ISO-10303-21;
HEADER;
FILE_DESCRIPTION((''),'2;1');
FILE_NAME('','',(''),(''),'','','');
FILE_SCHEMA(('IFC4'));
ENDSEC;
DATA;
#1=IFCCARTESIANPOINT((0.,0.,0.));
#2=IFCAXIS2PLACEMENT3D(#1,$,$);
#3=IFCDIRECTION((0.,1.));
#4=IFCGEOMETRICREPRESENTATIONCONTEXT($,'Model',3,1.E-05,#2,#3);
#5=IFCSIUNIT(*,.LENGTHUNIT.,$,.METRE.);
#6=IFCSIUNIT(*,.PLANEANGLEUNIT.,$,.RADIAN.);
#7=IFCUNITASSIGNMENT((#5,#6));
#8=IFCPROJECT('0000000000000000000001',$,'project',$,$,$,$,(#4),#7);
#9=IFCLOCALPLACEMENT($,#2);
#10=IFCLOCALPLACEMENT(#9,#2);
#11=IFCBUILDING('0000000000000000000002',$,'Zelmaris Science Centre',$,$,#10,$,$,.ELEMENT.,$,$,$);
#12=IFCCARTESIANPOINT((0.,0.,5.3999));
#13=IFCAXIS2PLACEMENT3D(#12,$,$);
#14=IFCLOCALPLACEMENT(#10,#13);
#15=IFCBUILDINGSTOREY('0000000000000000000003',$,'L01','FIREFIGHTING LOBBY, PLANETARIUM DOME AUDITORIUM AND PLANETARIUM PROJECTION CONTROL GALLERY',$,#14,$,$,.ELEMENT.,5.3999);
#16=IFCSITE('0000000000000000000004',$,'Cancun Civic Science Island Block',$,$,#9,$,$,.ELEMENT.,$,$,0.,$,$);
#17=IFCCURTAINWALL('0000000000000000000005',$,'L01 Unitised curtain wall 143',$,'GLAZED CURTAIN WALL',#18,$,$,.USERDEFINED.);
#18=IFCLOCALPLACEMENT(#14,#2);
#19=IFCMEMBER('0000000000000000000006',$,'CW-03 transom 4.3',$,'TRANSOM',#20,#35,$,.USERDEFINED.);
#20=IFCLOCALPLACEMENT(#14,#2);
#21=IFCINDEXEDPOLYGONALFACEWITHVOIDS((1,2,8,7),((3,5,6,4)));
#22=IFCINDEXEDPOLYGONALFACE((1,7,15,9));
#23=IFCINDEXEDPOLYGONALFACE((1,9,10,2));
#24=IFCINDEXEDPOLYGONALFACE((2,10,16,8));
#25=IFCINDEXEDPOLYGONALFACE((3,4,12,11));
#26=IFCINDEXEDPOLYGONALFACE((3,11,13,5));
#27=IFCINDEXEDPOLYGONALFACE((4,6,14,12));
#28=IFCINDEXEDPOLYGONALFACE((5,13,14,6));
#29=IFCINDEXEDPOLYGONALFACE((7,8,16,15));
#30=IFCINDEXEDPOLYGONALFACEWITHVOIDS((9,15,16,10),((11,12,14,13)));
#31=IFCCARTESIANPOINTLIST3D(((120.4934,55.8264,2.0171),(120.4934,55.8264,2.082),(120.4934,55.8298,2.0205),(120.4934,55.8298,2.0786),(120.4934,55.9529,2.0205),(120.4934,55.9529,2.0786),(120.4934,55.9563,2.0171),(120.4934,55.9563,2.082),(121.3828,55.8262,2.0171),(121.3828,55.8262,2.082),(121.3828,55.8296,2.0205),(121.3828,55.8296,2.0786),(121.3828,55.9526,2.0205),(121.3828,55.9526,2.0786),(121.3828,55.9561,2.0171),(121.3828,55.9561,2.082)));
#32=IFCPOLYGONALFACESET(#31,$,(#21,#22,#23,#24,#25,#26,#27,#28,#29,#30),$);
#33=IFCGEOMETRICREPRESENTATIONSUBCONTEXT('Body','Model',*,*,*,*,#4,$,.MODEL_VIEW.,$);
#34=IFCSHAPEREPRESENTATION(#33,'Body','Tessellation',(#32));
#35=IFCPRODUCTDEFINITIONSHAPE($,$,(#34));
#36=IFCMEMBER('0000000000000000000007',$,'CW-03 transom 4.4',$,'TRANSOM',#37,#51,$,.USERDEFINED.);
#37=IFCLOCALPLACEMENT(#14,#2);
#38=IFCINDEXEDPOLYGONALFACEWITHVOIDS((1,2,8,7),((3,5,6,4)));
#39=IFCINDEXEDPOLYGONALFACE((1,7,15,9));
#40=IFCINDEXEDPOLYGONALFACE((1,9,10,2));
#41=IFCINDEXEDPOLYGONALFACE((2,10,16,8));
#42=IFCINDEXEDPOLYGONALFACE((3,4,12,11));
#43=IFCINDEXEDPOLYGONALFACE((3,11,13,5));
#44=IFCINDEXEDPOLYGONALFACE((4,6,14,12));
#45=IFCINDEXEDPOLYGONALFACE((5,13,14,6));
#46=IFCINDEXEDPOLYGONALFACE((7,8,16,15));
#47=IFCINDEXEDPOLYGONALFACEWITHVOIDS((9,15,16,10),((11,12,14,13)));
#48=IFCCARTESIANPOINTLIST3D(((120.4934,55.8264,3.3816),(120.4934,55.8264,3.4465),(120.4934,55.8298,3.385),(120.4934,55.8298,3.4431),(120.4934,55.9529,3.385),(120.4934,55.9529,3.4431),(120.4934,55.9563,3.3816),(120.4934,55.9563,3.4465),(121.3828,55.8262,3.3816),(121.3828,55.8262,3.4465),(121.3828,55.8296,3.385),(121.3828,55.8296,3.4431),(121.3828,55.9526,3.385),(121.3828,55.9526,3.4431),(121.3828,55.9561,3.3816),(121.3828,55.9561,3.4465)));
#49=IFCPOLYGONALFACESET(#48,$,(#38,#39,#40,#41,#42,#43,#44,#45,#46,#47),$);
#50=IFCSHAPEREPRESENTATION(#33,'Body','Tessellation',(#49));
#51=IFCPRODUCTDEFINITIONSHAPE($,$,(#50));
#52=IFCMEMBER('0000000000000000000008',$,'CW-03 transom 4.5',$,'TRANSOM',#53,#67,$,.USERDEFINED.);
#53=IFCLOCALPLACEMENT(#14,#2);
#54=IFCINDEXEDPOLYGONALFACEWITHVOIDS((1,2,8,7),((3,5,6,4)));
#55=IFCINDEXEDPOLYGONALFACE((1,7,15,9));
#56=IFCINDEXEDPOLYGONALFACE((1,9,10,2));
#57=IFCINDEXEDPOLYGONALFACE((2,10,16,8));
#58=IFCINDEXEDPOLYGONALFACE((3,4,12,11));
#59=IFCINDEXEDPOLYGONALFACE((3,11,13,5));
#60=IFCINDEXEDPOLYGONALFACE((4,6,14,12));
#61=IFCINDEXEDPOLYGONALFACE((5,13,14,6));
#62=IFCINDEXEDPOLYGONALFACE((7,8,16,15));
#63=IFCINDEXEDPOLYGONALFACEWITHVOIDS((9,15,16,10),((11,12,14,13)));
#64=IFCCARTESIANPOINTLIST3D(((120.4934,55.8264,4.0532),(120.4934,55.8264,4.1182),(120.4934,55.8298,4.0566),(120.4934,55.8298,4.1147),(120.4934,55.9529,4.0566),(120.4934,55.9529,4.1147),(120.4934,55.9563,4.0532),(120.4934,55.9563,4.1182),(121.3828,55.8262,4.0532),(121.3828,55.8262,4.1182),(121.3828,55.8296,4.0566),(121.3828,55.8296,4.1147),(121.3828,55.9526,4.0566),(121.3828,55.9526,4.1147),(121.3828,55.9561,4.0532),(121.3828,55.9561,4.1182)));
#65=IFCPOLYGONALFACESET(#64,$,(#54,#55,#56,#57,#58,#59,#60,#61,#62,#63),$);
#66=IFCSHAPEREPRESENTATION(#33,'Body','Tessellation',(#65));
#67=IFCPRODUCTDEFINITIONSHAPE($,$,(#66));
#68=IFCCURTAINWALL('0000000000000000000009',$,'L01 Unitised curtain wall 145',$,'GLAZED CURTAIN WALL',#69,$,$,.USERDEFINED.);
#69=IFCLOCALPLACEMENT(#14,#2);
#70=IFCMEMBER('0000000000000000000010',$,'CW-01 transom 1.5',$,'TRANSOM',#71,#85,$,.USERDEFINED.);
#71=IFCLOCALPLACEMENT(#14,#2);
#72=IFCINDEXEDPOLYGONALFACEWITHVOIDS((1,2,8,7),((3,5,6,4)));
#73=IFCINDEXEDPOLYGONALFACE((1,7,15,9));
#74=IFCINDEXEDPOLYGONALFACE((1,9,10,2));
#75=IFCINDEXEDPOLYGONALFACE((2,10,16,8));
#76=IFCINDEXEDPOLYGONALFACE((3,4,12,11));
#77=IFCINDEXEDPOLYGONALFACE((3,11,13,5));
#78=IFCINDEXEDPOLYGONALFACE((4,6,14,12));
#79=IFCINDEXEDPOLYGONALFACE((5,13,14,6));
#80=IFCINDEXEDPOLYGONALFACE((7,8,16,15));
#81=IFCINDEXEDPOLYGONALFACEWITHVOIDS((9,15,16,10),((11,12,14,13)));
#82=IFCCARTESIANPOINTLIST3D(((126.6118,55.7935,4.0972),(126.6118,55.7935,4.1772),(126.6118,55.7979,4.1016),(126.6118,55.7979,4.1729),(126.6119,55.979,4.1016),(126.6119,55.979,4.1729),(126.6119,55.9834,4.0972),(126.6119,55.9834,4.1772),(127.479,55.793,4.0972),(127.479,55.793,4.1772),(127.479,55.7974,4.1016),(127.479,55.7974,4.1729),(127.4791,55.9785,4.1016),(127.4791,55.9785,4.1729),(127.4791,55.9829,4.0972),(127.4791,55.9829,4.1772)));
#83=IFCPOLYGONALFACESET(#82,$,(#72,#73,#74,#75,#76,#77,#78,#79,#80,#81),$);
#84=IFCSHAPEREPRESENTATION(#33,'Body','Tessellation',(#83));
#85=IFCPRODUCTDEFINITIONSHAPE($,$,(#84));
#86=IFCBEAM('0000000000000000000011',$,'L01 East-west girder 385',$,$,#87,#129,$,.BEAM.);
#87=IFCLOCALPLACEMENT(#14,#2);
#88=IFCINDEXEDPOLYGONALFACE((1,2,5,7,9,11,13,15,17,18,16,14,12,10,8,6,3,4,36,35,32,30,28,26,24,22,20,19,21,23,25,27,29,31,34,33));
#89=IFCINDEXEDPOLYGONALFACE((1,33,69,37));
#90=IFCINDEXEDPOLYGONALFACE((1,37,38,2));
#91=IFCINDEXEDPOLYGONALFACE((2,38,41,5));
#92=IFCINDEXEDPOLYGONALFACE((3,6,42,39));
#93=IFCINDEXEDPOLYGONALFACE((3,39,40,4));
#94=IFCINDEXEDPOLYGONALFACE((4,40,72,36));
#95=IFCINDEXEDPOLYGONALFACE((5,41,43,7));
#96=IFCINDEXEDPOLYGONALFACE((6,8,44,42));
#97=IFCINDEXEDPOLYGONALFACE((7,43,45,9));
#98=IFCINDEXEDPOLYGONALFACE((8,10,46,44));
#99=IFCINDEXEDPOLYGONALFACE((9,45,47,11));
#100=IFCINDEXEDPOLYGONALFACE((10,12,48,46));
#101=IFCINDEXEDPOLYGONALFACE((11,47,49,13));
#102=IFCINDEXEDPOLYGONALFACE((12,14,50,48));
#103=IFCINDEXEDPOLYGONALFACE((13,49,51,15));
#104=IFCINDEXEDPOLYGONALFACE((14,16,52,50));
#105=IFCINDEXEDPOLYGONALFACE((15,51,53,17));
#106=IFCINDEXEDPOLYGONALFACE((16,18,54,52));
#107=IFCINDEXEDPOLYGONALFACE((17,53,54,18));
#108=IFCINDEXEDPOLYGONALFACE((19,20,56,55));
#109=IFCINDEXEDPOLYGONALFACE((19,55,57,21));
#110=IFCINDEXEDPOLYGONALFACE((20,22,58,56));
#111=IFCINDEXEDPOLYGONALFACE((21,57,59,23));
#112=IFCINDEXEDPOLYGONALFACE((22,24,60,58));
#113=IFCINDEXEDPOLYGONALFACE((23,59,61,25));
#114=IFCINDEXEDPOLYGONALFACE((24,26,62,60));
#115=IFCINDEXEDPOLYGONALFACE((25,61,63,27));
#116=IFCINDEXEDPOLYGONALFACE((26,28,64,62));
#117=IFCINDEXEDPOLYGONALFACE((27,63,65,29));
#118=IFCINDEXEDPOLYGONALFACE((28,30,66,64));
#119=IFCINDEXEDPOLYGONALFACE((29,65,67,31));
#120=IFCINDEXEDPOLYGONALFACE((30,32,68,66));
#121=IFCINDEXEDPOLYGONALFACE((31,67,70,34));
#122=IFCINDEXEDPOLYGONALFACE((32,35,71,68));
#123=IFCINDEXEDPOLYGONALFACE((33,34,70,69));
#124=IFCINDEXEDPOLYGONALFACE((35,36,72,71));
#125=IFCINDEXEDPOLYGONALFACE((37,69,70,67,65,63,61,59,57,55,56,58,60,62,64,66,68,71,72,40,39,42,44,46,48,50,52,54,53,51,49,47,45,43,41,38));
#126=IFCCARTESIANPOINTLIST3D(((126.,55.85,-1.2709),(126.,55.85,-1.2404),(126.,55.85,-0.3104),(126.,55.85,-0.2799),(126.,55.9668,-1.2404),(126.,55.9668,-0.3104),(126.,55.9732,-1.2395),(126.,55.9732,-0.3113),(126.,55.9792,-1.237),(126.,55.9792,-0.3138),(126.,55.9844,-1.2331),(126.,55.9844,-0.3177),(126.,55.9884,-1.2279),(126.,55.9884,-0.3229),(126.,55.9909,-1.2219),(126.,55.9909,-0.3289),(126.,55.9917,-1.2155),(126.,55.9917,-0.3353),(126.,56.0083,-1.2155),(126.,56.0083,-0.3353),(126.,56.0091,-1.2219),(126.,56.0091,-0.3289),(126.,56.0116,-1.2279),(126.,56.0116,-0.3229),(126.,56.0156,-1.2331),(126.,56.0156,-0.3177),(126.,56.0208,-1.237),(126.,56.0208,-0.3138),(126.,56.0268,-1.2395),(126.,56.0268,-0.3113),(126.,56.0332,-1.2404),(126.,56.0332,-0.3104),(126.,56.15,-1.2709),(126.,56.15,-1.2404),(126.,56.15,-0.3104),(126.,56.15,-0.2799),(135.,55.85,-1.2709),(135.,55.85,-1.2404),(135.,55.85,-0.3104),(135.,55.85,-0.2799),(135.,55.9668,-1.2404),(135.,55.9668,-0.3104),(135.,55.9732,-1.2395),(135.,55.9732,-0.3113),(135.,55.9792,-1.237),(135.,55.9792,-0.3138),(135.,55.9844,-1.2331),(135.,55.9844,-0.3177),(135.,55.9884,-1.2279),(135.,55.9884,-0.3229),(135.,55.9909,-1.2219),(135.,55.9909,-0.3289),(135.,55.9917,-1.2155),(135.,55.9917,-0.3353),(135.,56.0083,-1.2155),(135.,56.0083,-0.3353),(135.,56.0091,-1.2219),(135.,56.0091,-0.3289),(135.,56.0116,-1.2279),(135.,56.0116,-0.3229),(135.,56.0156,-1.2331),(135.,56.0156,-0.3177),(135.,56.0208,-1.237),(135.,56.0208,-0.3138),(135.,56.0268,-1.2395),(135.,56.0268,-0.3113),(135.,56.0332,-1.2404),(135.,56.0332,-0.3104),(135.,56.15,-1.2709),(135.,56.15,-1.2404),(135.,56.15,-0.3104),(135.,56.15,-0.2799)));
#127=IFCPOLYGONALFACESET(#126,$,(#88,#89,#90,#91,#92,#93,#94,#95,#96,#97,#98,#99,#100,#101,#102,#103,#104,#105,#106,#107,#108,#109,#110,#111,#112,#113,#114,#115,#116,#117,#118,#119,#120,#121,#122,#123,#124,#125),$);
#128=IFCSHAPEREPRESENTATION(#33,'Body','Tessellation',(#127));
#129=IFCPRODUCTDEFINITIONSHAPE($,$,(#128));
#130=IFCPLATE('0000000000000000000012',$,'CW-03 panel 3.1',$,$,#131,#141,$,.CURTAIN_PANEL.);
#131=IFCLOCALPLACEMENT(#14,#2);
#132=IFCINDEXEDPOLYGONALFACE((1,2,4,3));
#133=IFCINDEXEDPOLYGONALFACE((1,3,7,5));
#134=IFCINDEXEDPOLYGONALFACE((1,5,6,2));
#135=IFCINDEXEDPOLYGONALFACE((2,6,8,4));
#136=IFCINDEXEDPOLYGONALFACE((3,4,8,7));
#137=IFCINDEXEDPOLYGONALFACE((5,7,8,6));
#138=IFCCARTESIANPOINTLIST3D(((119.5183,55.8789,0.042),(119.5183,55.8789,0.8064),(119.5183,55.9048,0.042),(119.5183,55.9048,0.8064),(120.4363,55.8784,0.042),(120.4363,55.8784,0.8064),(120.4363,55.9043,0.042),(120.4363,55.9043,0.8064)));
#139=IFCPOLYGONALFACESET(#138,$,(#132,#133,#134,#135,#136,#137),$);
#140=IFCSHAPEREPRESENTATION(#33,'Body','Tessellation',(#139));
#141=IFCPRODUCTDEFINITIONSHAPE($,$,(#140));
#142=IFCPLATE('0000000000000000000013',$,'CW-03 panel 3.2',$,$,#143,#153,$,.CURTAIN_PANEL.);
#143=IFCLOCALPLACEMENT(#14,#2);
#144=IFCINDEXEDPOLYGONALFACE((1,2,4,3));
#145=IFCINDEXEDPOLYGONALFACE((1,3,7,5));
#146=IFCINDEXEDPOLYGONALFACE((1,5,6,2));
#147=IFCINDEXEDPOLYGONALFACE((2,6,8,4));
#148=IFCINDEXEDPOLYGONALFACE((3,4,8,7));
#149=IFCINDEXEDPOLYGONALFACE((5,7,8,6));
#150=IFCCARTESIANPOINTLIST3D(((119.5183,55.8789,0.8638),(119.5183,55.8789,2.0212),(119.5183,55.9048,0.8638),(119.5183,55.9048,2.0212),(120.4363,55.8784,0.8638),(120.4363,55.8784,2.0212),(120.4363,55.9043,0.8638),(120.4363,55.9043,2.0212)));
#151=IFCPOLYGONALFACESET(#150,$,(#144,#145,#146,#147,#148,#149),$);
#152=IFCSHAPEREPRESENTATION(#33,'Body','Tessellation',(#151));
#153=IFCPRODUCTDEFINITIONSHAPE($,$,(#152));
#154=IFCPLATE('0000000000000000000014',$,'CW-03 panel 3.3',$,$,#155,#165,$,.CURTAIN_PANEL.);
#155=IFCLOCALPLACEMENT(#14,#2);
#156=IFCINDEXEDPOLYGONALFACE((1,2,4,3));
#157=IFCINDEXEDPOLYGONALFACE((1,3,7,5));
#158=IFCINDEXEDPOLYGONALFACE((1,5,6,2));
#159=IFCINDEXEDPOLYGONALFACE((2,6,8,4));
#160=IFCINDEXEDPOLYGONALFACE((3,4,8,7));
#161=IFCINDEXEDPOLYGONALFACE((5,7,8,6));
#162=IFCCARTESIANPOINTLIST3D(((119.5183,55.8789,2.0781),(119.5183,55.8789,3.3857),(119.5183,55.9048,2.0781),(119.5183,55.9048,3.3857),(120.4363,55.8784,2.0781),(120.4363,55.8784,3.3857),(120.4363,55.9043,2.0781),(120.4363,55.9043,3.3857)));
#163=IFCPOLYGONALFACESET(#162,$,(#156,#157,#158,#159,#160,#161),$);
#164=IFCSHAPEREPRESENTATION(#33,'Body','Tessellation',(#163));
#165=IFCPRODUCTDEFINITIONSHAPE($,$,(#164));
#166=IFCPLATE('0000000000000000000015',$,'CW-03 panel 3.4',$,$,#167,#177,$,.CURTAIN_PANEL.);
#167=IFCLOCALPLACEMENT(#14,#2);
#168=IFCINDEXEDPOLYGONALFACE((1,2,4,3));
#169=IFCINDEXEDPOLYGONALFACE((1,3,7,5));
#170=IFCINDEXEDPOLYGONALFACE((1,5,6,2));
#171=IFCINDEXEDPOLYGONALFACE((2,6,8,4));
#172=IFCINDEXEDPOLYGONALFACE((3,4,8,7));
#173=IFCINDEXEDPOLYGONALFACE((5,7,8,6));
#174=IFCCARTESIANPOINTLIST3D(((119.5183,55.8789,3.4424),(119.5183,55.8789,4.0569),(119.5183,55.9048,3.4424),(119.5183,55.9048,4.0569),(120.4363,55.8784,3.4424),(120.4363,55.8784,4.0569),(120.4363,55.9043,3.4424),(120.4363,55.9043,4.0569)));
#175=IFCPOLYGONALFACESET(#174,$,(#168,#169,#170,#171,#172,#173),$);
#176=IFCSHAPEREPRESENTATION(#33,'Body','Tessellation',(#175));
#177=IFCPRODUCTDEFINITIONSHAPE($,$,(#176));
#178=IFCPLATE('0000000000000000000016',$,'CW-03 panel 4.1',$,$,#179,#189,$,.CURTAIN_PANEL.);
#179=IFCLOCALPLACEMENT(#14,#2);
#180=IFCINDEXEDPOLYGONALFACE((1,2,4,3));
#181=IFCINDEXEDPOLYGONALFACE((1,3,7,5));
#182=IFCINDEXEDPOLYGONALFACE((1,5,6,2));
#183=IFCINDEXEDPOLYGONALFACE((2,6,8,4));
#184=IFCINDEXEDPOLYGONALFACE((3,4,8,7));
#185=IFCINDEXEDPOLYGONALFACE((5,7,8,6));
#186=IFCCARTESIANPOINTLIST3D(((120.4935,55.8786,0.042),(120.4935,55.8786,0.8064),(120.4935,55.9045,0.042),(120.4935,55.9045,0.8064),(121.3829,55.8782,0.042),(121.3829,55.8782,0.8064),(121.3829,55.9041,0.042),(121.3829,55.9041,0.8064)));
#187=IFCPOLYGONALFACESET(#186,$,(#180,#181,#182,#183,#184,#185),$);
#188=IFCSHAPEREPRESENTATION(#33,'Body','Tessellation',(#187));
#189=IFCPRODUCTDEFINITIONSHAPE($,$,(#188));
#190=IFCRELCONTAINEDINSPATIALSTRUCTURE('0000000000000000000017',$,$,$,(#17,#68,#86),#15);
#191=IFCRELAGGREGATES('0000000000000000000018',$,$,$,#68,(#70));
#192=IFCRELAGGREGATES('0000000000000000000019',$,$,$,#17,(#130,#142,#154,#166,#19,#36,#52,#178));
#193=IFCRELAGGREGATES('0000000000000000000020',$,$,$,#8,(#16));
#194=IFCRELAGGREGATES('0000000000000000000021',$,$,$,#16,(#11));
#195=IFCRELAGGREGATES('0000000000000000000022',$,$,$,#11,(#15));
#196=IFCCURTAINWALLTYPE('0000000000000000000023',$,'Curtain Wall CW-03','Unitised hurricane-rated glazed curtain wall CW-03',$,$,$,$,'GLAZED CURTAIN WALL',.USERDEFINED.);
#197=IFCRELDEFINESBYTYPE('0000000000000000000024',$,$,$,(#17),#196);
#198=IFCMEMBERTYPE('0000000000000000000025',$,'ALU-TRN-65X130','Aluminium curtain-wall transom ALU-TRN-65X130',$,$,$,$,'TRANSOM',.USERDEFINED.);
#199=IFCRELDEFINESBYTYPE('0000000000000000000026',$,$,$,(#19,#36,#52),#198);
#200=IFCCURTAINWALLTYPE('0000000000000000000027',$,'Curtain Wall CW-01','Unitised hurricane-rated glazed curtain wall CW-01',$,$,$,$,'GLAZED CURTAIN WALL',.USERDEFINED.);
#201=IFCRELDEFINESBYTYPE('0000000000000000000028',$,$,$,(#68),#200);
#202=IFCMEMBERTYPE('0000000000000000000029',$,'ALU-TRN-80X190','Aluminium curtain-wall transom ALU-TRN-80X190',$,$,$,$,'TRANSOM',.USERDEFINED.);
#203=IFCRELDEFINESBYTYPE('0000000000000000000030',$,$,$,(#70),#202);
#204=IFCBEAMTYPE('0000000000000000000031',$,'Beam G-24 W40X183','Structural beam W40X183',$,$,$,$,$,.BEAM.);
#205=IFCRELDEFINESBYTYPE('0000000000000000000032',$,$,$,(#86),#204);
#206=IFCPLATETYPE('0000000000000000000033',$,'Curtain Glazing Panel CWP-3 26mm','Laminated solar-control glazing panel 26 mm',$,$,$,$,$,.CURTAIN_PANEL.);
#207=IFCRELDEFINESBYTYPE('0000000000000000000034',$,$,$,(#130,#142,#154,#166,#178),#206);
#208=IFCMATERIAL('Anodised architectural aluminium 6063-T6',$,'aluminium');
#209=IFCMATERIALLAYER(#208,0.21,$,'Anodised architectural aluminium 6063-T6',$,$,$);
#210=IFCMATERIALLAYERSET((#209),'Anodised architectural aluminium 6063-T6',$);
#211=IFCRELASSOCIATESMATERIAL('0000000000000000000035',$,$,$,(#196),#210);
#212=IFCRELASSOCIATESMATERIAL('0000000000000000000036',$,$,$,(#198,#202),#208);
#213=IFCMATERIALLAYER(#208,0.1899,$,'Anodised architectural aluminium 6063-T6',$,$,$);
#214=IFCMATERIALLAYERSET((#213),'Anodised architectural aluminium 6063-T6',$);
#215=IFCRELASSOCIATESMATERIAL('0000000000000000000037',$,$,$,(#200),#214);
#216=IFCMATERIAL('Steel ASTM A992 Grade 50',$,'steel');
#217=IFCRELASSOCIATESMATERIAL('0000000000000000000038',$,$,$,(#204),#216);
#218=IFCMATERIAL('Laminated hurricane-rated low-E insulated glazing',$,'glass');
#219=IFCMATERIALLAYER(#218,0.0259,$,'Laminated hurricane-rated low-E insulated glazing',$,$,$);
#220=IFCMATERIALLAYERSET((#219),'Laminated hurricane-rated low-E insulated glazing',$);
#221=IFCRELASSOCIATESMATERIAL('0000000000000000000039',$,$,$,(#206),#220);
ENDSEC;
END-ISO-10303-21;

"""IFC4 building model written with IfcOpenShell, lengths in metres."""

from ifc_helpers import new_model, si_unit, direction, frame, origin, origin_2d, place, context, subcontext, project, spatial, rectangle, hollow_rectangle, i_section, extrude, material, layer, layer_set, material_profile, profile_set, type_object, element, aggregate, save


model = new_model("IFC4")

# Units and contexts
model_context = context("Model", 3, precision=1e-05, world=origin(), true_north=direction((0.0, 1.0)))
body_context = subcontext(model_context, "Body", "Model", "MODEL_VIEW")
ifc_project = project(units=[si_unit("LENGTHUNIT", "METRE"), si_unit("PLANEANGLEUNIT", "RADIAN")], contexts=[model_context])

# Site, building, storey
site_placement = place(None, origin())
site = spatial("IfcSite", under=ifc_project, at=site_placement, Name="Cancun Civic Science Island Block", CompositionType="ELEMENT", RefElevation=0.0)
building_placement = place(site_placement, origin())
building = spatial("IfcBuilding", under=site, at=building_placement, Name="Zelmaris Science Centre", CompositionType="ELEMENT")
storey_placement = place(building_placement, frame((0.0, 0.0, 5.3999)))
storey = spatial("IfcBuildingStorey", under=building, at=storey_placement, Name="L01", Description="FIREFIGHTING LOBBY, PLANETARIUM DOME AUDITORIUM AND PLANETARIUM PROJECTION CONTROL GALLERY", CompositionType="ELEMENT", Elevation=5.3999)

# Shared definitions
ifc_material_1 = material(Name="Steel ASTM A992 Grade 50", Category="steel")

# Curtain wall, members
ifc_material_2 = material(Name="Anodised architectural aluminium 6063-T6", Category="aluminium")
ifc_layer_1 = layer(ifc_material_2, 0.21, Name="Anodised architectural aluminium 6063-T6")
ifc_layer_set_1 = layer_set([ifc_layer_1], Name="Anodised architectural aluminium 6063-T6")
curtain_wall_type_1 = type_object("IfcCurtainWallType", Name="Curtain Wall CW-03", Description="Unitised hurricane-rated glazed curtain wall CW-03", ElementType="GLAZED CURTAIN WALL", PredefinedType="USERDEFINED", material=ifc_layer_set_1)
curtain_wall_1_placement = place(storey_placement, origin())
curtain_wall_1 = element("IfcCurtainWall", 1, at=curtain_wall_1_placement, inside=storey, type_object=curtain_wall_type_1, Name="L01 Unitised curtain wall 143", ObjectType="GLAZED CURTAIN WALL", PredefinedType="USERDEFINED")
ifc_material_profile_1 = material_profile(ifc_material_2, hollow_rectangle(XDim=0.0649, YDim=0.1299, WallThickness=0.0034, at=origin_2d()), Name="ALU-TRN-65X130")
ifc_profile_set_1 = profile_set([ifc_material_profile_1], Name="Anodised architectural aluminium 6063-T6")
member_type_1 = type_object("IfcMemberType", Name="ALU-TRN-65X130", Description="Aluminium curtain-wall transom ALU-TRN-65X130", ElementType="TRANSOM", PredefinedType="USERDEFINED", material=ifc_profile_set_1)
member_1_placement = place(storey_placement, frame((120.4934, 55.8914, 2.0496), z_axis=(1.0, -0.000274, 0.0), x_axis=(0.0, 0.0, 1.0)))
member_1 = element("IfcMember", 2, at=member_1_placement, type_object=member_type_1, Name="CW-03 transom 4.3", ObjectType="TRANSOM", PredefinedType="USERDEFINED", context=body_context, shape_type="SweptSolid", body=[
    extrude(hollow_rectangle(XDim=0.0649, YDim=0.1299, WallThickness=0.0034, at=origin_2d()), origin(), (0.0, 0.0, 1.0), 0.8894),
])
member_2_placement = place(storey_placement, frame((120.4934, 55.8914, 3.4141), z_axis=(1.0, -0.000274, 0.0), x_axis=(0.0, 0.0, 1.0)))
member_2 = element("IfcMember", 3, at=member_2_placement, type_object=member_type_1, Name="CW-03 transom 4.4", ObjectType="TRANSOM", PredefinedType="USERDEFINED", context=body_context, shape_type="SweptSolid", body=[
    extrude(hollow_rectangle(XDim=0.0649, YDim=0.1299, WallThickness=0.0034, at=origin_2d()), origin(), (0.0, 0.0, 1.0), 0.8894),
])
member_3_placement = place(storey_placement, frame((120.4934, 55.8914, 4.0857), z_axis=(1.0, -0.000274, 0.0), x_axis=(0.0, 0.0, 1.0)))
member_3 = element("IfcMember", 4, at=member_3_placement, type_object=member_type_1, Name="CW-03 transom 4.5", ObjectType="TRANSOM", PredefinedType="USERDEFINED", context=body_context, shape_type="SweptSolid", body=[
    extrude(hollow_rectangle(XDim=0.0649, YDim=0.1299, WallThickness=0.0034, at=origin_2d()), origin(), (0.0, 0.0, 1.0), 0.8894),
])

# Curtain wall, member
ifc_layer_2 = layer(ifc_material_2, 0.1899, Name="Anodised architectural aluminium 6063-T6")
ifc_layer_set_2 = layer_set([ifc_layer_2], Name="Anodised architectural aluminium 6063-T6")
curtain_wall_type_2 = type_object("IfcCurtainWallType", Name="Curtain Wall CW-01", Description="Unitised hurricane-rated glazed curtain wall CW-01", ElementType="GLAZED CURTAIN WALL", PredefinedType="USERDEFINED", material=ifc_layer_set_2)
curtain_wall_2_placement = place(storey_placement, origin())
curtain_wall_2 = element("IfcCurtainWall", 5, at=curtain_wall_2_placement, inside=storey, type_object=curtain_wall_type_2, Name="L01 Unitised curtain wall 145", ObjectType="GLAZED CURTAIN WALL", PredefinedType="USERDEFINED")
ifc_material_profile_2 = material_profile(ifc_material_2, hollow_rectangle(XDim=0.0801, YDim=0.1899, WallThickness=0.0044, at=origin_2d()), Name="ALU-TRN-80X190")
ifc_profile_set_2 = profile_set([ifc_material_profile_2], Name="Anodised architectural aluminium 6063-T6")
member_type_2 = type_object("IfcMemberType", Name="ALU-TRN-80X190", Description="Aluminium curtain-wall transom ALU-TRN-80X190", ElementType="TRANSOM", PredefinedType="USERDEFINED", material=ifc_profile_set_2)
member_4_placement = place(storey_placement, frame((126.6118, 55.8884, 4.1372), z_axis=(1.0, -0.000563, 0.0), x_axis=(0.0, 0.0, 1.0)))
member_4 = element("IfcMember", 6, at=member_4_placement, type_object=member_type_2, Name="CW-01 transom 1.5", ObjectType="TRANSOM", PredefinedType="USERDEFINED", context=body_context, shape_type="SweptSolid", body=[
    extrude(hollow_rectangle(XDim=0.0801, YDim=0.1899, WallThickness=0.0044, at=origin_2d()), origin(), (0.0, 0.0, 1.0), 0.8672),
])
aggregate(curtain_wall_2, [member_4])

# Beam
ifc_material_profile_3 = material_profile(ifc_material_1, i_section(OverallWidth=0.3, OverallDepth=0.991, WebThickness=0.0166, FlangeThickness=0.0305, FilletRadius=0.0249, at=origin_2d()), Name="W40X183")
ifc_profile_set_3 = profile_set([ifc_material_profile_3], Name="Steel ASTM A992 Grade 50")
beam_type = type_object("IfcBeamType", Name="Beam G-24 W40X183", Description="Structural beam W40X183", PredefinedType="BEAM", material=ifc_profile_set_3)
beam_placement = place(storey_placement, frame((126.0, 56.0, -0.7754), z_axis=(1.0, 0.0, 0.0), x_axis=(0.0, 1.0, 0.0)))
element("IfcBeam", 7, at=beam_placement, inside=storey, type_object=beam_type, Name="L01 East-west girder 385", PredefinedType="BEAM", context=body_context, shape_type="SweptSolid", body=[
    extrude(i_section(OverallWidth=0.3, OverallDepth=0.991, WebThickness=0.0166, FlangeThickness=0.0305, FilletRadius=0.0249, at=origin_2d()), origin(), (0.0, 0.0, 1.0), 9.0),
])

# Plates
ifc_material_3 = material(Name="Laminated hurricane-rated low-E insulated glazing", Category="glass")
ifc_layer_3 = layer(ifc_material_3, 0.0259, Name="Laminated hurricane-rated low-E insulated glazing")
ifc_layer_set_3 = layer_set([ifc_layer_3], Name="Laminated hurricane-rated low-E insulated glazing")
plate_type = type_object("IfcPlateType", Name="Curtain Glazing Panel CWP-3 26mm", Description="Laminated solar-control glazing panel 26 mm", PredefinedType="CURTAIN_PANEL", material=ifc_layer_set_3)
plate_1_placement = place(storey_placement, frame((119.9773, 55.8916, 0.042), z_axis=(0.0, 0.0, 1.0), x_axis=(1.0, -0.000487, 0.0)))
plate_1 = element("IfcPlate", 8, at=plate_1_placement, type_object=plate_type, Name="CW-03 panel 3.1", PredefinedType="CURTAIN_PANEL", context=body_context, shape_type="SweptSolid", body=[
    extrude(rectangle(XDim=0.918, YDim=0.0259, at=origin_2d()), origin(), (0.0, 0.0, 1.0), 0.7644),
])
plate_2_placement = place(storey_placement, frame((119.9773, 55.8916, 0.8638), z_axis=(0.0, 0.0, 1.0), x_axis=(1.0, -0.000487, 0.0)))
plate_2 = element("IfcPlate", 9, at=plate_2_placement, type_object=plate_type, Name="CW-03 panel 3.2", PredefinedType="CURTAIN_PANEL", context=body_context, shape_type="SweptSolid", body=[
    extrude(rectangle(XDim=0.918, YDim=0.0259, at=origin_2d()), origin(), (0.0, 0.0, 1.0), 1.1575),
])
plate_3_placement = place(storey_placement, frame((119.9773, 55.8916, 2.0781), z_axis=(0.0, 0.0, 1.0), x_axis=(1.0, -0.000487, 0.0)))
plate_3 = element("IfcPlate", 10, at=plate_3_placement, type_object=plate_type, Name="CW-03 panel 3.3", PredefinedType="CURTAIN_PANEL", context=body_context, shape_type="SweptSolid", body=[
    extrude(rectangle(XDim=0.918, YDim=0.0259, at=origin_2d()), origin(), (0.0, 0.0, 1.0), 1.3076),
])
plate_4_placement = place(storey_placement, frame((119.9773, 55.8916, 3.4424), z_axis=(0.0, 0.0, 1.0), x_axis=(1.0, -0.000487, 0.0)))
plate_4 = element("IfcPlate", 11, at=plate_4_placement, type_object=plate_type, Name="CW-03 panel 3.4", PredefinedType="CURTAIN_PANEL", context=body_context, shape_type="SweptSolid", body=[
    extrude(rectangle(XDim=0.918, YDim=0.0259, at=origin_2d()), origin(), (0.0, 0.0, 1.0), 0.6145),
])
plate_5_placement = place(storey_placement, frame((120.9382, 55.8914, 0.042), z_axis=(0.0, 0.0, 1.0), x_axis=(1.0, -0.000487, 0.0)))
plate_5 = element("IfcPlate", 12, at=plate_5_placement, type_object=plate_type, Name="CW-03 panel 4.1", PredefinedType="CURTAIN_PANEL", context=body_context, shape_type="SweptSolid", body=[
    extrude(rectangle(XDim=0.8894, YDim=0.0259, at=origin_2d()), origin(), (0.0, 0.0, 1.0), 0.7644),
])
aggregate(curtain_wall_1, [plate_1, plate_2, plate_3, plate_4, member_1, member_2, member_3, plate_5])

save(model, "model.ifc")
